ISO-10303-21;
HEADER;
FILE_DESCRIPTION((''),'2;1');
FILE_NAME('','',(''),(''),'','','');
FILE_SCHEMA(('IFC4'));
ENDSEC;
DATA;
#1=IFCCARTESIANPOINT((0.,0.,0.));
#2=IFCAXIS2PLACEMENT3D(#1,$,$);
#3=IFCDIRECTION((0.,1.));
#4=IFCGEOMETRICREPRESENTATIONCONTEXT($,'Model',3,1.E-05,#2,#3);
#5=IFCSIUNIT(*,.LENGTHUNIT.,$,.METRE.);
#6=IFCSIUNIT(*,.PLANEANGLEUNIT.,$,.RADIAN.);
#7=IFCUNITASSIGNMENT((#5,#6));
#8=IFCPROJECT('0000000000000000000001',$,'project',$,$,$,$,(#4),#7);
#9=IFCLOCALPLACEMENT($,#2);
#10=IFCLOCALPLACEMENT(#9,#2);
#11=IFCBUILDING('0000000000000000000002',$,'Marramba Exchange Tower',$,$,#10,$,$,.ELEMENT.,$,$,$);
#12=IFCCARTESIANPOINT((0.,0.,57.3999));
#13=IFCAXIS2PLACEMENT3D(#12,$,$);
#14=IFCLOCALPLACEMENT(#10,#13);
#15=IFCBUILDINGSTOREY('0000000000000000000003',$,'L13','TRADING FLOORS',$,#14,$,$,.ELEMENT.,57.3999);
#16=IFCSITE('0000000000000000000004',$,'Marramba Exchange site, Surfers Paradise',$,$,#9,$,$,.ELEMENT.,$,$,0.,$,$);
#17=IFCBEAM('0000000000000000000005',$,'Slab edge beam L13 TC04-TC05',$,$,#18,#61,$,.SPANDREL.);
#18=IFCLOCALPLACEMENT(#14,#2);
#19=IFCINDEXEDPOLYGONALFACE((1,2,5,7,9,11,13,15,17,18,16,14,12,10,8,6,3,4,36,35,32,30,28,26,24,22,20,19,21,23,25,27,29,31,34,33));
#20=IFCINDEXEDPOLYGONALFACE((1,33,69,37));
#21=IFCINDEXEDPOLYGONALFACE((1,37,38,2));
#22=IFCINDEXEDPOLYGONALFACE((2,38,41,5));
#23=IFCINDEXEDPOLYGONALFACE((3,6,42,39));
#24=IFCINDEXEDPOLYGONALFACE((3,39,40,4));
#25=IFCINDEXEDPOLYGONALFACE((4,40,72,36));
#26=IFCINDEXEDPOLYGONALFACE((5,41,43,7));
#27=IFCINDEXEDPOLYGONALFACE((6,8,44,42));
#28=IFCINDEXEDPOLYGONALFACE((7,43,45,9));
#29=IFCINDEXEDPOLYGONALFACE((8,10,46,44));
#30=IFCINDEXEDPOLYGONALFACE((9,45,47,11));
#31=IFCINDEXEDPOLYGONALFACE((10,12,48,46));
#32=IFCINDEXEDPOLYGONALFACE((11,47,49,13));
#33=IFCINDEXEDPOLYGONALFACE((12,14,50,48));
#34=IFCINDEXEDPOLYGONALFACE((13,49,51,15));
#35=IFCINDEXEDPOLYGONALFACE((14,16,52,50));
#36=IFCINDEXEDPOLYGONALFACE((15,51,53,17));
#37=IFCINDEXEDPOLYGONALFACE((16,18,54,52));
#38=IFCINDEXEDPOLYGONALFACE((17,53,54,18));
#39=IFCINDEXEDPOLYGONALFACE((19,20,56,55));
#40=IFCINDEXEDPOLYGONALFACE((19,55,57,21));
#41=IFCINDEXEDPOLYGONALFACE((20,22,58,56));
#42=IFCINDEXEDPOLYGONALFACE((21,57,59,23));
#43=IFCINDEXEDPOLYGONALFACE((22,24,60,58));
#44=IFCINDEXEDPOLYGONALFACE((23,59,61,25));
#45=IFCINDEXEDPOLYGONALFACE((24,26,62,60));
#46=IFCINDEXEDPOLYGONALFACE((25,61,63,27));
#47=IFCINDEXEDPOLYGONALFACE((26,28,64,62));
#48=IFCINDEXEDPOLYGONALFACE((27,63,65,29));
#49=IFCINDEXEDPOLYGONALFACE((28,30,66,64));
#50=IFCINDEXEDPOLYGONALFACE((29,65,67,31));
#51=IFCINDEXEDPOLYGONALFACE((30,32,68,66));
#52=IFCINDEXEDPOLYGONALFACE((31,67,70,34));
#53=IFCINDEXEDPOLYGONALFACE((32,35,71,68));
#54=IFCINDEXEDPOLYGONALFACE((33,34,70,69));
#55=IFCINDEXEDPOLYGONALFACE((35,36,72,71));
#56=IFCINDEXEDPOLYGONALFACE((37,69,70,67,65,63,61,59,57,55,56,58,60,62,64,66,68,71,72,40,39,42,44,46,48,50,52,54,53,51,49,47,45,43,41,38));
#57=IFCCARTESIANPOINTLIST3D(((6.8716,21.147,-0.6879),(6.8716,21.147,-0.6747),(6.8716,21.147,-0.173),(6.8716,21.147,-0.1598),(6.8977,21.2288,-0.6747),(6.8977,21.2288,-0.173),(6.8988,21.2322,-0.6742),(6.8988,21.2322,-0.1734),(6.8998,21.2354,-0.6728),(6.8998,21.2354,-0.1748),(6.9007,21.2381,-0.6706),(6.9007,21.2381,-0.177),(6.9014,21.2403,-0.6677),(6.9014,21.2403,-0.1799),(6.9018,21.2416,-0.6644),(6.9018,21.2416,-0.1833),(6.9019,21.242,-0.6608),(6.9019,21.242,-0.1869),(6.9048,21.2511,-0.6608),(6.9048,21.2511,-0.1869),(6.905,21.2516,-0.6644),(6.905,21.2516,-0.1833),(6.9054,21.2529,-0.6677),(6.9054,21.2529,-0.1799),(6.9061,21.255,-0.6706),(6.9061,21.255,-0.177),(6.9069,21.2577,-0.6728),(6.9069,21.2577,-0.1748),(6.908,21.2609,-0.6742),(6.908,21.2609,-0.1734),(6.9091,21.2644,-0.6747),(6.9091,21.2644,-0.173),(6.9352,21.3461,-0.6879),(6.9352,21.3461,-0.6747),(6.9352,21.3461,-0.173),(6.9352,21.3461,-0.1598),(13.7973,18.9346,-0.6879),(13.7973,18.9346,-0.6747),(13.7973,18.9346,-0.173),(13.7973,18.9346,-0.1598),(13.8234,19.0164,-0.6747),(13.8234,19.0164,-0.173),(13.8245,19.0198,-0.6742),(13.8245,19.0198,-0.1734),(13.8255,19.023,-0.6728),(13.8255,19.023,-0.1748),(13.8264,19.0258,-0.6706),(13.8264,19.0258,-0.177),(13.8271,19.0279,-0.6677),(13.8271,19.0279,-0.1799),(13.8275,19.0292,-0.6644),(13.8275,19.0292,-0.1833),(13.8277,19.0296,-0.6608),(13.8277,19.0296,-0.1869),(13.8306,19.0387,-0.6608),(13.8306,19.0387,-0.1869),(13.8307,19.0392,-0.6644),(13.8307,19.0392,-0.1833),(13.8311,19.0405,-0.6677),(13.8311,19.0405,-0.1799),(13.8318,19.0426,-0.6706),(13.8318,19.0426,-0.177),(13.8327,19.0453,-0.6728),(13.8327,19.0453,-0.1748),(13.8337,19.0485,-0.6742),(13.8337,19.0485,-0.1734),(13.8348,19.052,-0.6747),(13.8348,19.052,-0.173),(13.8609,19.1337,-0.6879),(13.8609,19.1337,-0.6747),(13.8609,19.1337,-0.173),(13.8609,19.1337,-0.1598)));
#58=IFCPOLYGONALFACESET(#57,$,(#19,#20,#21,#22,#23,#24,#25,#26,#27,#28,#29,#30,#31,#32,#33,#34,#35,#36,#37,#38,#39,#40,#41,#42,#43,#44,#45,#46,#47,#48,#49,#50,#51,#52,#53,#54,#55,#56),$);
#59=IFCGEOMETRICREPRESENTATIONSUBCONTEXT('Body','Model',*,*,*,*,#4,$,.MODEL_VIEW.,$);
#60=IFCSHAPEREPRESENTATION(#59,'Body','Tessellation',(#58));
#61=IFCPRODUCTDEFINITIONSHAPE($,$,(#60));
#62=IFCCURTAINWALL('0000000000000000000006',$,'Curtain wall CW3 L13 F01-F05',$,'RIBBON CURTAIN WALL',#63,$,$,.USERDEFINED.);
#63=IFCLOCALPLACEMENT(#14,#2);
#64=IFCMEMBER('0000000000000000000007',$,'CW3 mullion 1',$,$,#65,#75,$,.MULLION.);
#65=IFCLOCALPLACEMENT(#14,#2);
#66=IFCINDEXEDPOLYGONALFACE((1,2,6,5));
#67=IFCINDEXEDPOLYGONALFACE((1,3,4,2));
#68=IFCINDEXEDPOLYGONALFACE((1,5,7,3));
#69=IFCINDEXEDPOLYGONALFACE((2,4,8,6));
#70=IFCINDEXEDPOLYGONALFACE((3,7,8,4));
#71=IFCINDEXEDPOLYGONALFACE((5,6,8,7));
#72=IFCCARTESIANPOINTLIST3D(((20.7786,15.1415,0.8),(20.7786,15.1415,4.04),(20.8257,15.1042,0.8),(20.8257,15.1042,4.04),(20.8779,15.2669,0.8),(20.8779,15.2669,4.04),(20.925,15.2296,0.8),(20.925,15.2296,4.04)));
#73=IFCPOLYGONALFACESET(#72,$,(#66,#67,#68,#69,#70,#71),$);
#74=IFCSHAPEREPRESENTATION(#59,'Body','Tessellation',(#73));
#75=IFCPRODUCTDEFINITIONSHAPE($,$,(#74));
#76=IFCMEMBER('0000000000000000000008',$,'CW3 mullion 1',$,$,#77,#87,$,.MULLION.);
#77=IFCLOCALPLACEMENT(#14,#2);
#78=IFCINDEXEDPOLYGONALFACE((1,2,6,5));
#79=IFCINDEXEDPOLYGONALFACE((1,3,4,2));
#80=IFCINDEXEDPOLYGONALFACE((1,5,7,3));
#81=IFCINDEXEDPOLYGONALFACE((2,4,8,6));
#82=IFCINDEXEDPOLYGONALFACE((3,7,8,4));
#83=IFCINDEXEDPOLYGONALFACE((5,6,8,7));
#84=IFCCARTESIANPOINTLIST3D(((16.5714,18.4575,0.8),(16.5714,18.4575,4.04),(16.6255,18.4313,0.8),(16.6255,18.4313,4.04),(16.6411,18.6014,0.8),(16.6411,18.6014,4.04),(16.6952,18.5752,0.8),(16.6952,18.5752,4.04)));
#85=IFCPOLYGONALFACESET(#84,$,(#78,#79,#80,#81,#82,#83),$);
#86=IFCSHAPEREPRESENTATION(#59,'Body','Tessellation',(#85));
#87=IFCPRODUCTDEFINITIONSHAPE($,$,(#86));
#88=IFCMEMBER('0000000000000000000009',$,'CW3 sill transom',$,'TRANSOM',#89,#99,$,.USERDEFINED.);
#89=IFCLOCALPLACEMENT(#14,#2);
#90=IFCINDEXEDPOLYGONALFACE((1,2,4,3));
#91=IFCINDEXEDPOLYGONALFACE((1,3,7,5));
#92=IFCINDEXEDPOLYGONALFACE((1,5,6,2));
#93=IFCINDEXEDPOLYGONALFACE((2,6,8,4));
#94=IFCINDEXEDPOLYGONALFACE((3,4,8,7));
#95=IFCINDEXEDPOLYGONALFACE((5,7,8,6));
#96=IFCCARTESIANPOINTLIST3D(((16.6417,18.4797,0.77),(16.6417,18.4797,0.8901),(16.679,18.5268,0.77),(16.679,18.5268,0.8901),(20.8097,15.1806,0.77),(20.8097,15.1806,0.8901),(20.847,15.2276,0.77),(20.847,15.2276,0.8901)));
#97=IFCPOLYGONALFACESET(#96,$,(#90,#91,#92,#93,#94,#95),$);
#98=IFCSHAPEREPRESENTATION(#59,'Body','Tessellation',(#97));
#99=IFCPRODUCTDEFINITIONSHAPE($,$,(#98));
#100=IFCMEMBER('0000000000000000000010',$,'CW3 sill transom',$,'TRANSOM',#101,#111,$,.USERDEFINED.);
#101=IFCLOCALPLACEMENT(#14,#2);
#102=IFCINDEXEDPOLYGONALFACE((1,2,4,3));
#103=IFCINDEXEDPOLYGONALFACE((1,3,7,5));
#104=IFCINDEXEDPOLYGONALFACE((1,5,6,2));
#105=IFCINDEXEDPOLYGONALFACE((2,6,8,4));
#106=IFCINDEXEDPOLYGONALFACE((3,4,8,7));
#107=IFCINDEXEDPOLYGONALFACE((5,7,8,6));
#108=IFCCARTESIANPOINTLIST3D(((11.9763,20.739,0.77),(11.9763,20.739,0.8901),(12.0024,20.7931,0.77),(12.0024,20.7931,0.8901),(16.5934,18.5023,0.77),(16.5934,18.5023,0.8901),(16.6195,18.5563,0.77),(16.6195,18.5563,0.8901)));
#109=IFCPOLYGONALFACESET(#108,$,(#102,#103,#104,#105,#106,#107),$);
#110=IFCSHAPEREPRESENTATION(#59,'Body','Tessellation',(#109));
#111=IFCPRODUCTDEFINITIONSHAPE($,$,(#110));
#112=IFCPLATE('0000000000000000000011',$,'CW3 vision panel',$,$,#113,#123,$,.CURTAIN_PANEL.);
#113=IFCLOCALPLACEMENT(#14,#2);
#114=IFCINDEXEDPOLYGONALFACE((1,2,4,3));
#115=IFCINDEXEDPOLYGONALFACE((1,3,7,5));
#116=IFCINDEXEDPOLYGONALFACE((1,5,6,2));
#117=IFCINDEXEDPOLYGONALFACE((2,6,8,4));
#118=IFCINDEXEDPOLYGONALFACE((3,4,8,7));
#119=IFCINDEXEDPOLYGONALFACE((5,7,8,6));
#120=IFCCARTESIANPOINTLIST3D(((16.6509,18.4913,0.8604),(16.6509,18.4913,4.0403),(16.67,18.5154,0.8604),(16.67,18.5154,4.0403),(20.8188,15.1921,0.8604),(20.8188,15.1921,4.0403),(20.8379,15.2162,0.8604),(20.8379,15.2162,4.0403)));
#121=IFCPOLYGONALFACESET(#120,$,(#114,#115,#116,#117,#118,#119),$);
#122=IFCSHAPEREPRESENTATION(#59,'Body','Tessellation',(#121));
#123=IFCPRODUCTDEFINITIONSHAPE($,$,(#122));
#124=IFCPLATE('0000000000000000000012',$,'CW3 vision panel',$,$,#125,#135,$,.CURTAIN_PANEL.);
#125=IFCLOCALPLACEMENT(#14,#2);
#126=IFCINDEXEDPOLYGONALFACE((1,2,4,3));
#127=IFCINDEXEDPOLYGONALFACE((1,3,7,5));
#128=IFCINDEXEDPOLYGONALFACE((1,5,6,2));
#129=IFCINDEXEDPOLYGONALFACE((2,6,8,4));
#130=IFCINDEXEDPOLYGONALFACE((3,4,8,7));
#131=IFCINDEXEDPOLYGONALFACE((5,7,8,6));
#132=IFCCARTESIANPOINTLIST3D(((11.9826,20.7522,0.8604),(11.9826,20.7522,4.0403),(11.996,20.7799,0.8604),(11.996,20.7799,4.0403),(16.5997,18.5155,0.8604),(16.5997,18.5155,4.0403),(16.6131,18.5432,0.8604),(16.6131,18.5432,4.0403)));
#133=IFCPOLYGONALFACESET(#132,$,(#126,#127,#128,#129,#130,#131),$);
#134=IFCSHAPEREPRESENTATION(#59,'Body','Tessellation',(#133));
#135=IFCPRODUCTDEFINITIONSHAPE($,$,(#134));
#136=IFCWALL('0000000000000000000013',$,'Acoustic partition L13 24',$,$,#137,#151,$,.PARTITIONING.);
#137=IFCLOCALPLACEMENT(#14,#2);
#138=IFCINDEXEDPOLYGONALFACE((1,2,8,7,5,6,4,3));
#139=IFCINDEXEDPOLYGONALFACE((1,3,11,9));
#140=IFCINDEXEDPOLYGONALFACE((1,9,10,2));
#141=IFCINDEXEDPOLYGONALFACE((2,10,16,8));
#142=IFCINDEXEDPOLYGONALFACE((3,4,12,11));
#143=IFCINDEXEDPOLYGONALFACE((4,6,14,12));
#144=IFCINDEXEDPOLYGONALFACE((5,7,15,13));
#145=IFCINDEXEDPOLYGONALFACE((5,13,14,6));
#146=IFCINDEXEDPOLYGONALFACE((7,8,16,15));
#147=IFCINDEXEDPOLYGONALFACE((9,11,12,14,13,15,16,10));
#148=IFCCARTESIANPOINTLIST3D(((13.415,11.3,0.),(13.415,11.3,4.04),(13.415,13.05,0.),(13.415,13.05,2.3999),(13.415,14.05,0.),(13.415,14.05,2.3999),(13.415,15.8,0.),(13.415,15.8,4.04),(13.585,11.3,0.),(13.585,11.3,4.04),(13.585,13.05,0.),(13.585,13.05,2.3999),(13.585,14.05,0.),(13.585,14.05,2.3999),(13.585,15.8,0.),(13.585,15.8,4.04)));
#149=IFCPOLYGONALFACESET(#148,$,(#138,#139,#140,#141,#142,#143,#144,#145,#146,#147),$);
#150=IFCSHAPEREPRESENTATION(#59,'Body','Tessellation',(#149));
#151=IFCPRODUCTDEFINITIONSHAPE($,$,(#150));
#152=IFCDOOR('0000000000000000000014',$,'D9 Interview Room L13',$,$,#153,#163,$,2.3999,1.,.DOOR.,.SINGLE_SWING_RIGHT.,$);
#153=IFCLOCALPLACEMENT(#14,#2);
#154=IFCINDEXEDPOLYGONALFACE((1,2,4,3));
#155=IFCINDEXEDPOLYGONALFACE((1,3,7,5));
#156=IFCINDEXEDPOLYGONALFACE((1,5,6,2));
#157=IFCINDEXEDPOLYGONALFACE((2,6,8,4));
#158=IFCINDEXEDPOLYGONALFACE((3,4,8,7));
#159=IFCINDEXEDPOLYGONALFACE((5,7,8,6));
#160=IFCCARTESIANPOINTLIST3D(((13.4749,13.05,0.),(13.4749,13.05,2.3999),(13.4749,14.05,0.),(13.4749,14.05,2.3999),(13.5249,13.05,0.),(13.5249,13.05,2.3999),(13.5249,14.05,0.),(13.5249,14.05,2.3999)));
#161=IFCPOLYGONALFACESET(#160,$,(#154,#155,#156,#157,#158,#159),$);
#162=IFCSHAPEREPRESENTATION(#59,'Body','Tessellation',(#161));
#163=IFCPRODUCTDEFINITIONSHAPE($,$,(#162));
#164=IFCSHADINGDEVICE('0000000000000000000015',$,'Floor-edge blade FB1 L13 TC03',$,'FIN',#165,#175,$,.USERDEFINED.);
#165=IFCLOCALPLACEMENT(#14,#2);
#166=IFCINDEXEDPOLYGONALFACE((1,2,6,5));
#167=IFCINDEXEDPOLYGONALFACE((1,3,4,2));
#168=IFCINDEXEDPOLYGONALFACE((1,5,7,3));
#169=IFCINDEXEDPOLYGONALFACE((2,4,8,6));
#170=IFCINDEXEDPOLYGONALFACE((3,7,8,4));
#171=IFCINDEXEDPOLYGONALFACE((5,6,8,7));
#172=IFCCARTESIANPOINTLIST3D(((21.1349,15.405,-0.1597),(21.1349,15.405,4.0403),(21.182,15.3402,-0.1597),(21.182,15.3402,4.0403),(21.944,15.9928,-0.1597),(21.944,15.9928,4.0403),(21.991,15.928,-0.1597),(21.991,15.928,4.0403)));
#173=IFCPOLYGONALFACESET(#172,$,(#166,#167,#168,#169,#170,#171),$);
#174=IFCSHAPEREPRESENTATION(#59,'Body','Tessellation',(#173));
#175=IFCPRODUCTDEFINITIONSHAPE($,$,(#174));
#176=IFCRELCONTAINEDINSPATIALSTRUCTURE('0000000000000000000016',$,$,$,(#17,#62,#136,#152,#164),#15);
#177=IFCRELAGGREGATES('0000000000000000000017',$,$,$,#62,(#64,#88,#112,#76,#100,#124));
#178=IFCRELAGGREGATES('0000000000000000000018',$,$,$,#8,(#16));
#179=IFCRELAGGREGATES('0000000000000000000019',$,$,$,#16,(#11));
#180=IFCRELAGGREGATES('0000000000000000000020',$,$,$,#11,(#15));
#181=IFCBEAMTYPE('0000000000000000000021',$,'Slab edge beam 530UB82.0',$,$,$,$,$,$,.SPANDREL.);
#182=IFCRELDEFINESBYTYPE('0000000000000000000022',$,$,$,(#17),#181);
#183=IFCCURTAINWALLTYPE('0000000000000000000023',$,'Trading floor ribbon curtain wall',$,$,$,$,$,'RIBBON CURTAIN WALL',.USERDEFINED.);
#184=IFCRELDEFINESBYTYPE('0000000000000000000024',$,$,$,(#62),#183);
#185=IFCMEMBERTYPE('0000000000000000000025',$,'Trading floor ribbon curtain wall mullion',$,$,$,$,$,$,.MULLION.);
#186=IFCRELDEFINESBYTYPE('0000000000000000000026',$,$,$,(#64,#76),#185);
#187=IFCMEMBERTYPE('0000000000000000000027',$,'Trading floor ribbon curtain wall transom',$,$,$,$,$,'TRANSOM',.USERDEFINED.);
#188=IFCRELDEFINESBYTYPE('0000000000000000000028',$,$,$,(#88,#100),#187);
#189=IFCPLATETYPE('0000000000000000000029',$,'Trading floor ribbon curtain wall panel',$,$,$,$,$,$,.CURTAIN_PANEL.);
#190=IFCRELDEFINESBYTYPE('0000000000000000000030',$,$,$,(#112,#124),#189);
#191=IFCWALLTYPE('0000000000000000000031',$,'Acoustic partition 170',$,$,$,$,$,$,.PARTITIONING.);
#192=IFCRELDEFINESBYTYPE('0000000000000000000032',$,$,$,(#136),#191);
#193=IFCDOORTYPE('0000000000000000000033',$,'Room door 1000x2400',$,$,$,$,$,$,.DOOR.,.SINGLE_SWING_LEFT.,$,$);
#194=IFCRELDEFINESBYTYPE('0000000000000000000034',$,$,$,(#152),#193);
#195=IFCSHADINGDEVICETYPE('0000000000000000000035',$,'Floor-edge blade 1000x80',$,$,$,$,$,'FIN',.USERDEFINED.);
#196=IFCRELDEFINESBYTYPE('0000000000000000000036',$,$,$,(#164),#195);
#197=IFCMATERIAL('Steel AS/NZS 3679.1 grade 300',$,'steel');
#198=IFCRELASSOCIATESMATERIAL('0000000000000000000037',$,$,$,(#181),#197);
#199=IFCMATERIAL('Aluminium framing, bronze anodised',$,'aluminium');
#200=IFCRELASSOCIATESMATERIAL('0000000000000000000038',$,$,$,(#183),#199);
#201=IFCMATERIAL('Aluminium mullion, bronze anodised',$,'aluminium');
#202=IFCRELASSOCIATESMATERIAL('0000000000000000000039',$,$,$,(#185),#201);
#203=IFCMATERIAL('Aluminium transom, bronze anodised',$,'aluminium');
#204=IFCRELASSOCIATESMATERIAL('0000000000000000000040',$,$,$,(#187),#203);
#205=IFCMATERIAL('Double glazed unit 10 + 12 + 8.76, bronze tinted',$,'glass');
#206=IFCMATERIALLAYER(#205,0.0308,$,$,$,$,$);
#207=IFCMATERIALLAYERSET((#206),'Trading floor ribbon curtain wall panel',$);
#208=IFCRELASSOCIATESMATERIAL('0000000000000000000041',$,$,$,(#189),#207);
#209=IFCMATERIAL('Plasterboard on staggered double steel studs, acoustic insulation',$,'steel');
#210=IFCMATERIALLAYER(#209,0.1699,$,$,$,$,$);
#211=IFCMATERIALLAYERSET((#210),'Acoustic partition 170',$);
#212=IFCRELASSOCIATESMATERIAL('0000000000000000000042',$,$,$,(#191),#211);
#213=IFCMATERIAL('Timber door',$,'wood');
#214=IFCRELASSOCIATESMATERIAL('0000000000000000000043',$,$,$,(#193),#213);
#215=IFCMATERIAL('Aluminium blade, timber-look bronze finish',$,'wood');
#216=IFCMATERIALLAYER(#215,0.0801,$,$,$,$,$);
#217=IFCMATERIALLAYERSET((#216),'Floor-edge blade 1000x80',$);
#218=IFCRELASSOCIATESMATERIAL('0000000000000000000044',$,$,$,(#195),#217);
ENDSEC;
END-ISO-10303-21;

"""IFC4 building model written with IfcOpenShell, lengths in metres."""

from ifc_helpers import new_model, si_unit, direction, frame, frame_2d, origin, origin_2d, place, context, subcontext, project, spatial, rectangle, i_section, extrude, material, layer, layer_set, material_profile, profile_set, type_object, element, fill, aggregate, save


model = new_model("IFC4")

# Units and contexts
model_context = context("Model", 3, precision=1e-05, world=origin(), true_north=direction((0.0, 1.0)))
body_context = subcontext(model_context, "Body", "Model", "MODEL_VIEW")
ifc_project = project(units=[si_unit("LENGTHUNIT", "METRE"), si_unit("PLANEANGLEUNIT", "RADIAN")], contexts=[model_context])

# Site, building, storey
site_placement = place(None, origin())
site = spatial("IfcSite", under=ifc_project, at=site_placement, Name="Marramba Exchange site, Surfers Paradise", CompositionType="ELEMENT", RefElevation=0.0)
building_placement = place(site_placement, origin())
building = spatial("IfcBuilding", under=site, at=building_placement, Name="Marramba Exchange Tower", CompositionType="ELEMENT")
storey_placement = place(building_placement, frame((0.0, 0.0, 57.3999)))
storey = spatial("IfcBuildingStorey", under=building, at=storey_placement, Name="L13", Description="TRADING FLOORS", CompositionType="ELEMENT", Elevation=57.3999)

# Beam
ifc_material_1 = material(Name="Steel AS/NZS 3679.1 grade 300", Category="steel")
ifc_material_profile_1 = material_profile(ifc_material_1, i_section(OverallWidth=0.209, OverallDepth=0.5281, WebThickness=0.0095, FlangeThickness=0.0132, FilletRadius=0.0139, at=origin_2d()), Name="530UB82.0")
ifc_profile_set_1 = profile_set([ifc_material_profile_1], Name="Steel AS/NZS 3679.1 grade 300")
beam_type = type_object("IfcBeamType", Name="Slab edge beam 530UB82.0", PredefinedType="SPANDREL", material=ifc_profile_set_1)
beam_placement = place(storey_placement, frame((13.8291, 19.0342, -0.4238), z_axis=(-0.952578, 0.304296, 0.0), x_axis=(-0.304296, -0.952578, 0.0)))
element("IfcBeam", 1, at=beam_placement, inside=storey, type_object=beam_type, Name="Slab edge beam L13 TC04-TC05", PredefinedType="SPANDREL", context=body_context, shape_type="SweptSolid", body=[
    extrude(i_section(OverallWidth=0.209, OverallDepth=0.5281, WebThickness=0.0095, FlangeThickness=0.0132, FilletRadius=0.0139, at=origin_2d()), origin(), (0.0, 0.0, 1.0), 7.2705),
])

# Curtain wall, members, plates
ifc_material_2 = material(Name="Aluminium framing, bronze anodised", Category="aluminium")
curtain_wall_type = type_object("IfcCurtainWallType", Name="Trading floor ribbon curtain wall", ElementType="RIBBON CURTAIN WALL", PredefinedType="USERDEFINED", material=ifc_material_2)
curtain_wall_placement = place(storey_placement, origin())
curtain_wall = element("IfcCurtainWall", 2, at=curtain_wall_placement, inside=storey, type_object=curtain_wall_type, Name="Curtain wall CW3 L13 F01-F05", ObjectType="RIBBON CURTAIN WALL", PredefinedType="USERDEFINED")
ifc_material_3 = material(Name="Aluminium mullion, bronze anodised", Category="aluminium")
ifc_material_profile_2 = material_profile(ifc_material_3, rectangle(XDim=0.1599, YDim=0.0601, at=origin_2d()), Name="CW3 mullion 60x160")
ifc_profile_set_2 = profile_set([ifc_material_profile_2], Name="Aluminium mullion, bronze anodised")
member_type_1 = type_object("IfcMemberType", Name="Trading floor ribbon curtain wall mullion", PredefinedType="MULLION", material=ifc_profile_set_2)
member_1_placement = place(storey_placement, frame((20.8518, 15.1855, 0.8), z_axis=(0.0, 0.0, 1.0), x_axis=(-0.62065, -0.784088, 0.0)))
member_1 = element("IfcMember", 3, at=member_1_placement, type_object=member_type_1, Name="CW3 mullion 1", PredefinedType="MULLION", context=body_context, shape_type="SweptSolid", body=[
    extrude(rectangle(XDim=0.1599, YDim=0.0601, at=origin_2d()), origin(), (0.0, 0.0, 1.0), 3.24),
])
member_2_placement = place(storey_placement, frame((16.6333, 18.5164, 0.8), z_axis=(0.0, 0.0, 1.0), x_axis=(-0.435965, -0.899963, 0.0)))
member_2 = element("IfcMember", 4, at=member_2_placement, type_object=member_type_1, Name="CW3 mullion 1", PredefinedType="MULLION", context=body_context, shape_type="SweptSolid", body=[
    extrude(rectangle(XDim=0.1599, YDim=0.0601, at=origin_2d()), origin(), (0.0, 0.0, 1.0), 3.24),
])
ifc_material_4 = material(Name="Aluminium transom, bronze anodised", Category="aluminium")
ifc_material_profile_3 = material_profile(ifc_material_4, rectangle(XDim=0.0601, YDim=0.1201, at=origin_2d()), Name="CW3 transom 60x120")
ifc_profile_set_3 = profile_set([ifc_material_profile_3], Name="Aluminium transom, bronze anodised")
member_type_2 = type_object("IfcMemberType", Name="Trading floor ribbon curtain wall transom", ElementType="TRANSOM", PredefinedType="USERDEFINED", material=ifc_profile_set_3)
member_3_placement = place(storey_placement, frame((20.8284, 15.2041, 0.8301), z_axis=(-0.784098, 0.620637, 0.0), x_axis=(-0.620637, -0.784098, 0.0)))
member_3 = element("IfcMember", 5, at=member_3_placement, type_object=member_type_2, Name="CW3 sill transom", ObjectType="TRANSOM", PredefinedType="USERDEFINED", context=body_context, shape_type="SweptSolid", body=[
    extrude(rectangle(XDim=0.0601, YDim=0.1201, at=origin_2d()), origin(), (0.0, 0.0, 1.0), 5.3157),
])
member_4_placement = place(storey_placement, frame((16.6064, 18.5293, 0.8301), z_axis=(-0.899953, 0.435986, 0.0), x_axis=(-0.435986, -0.899953, 0.0)))
member_4 = element("IfcMember", 6, at=member_4_placement, type_object=member_type_2, Name="CW3 sill transom", ObjectType="TRANSOM", PredefinedType="USERDEFINED", context=body_context, shape_type="SweptSolid", body=[
    extrude(rectangle(XDim=0.0601, YDim=0.1201, at=origin_2d()), origin(), (0.0, 0.0, 1.0), 5.1304),
])
ifc_material_5 = material(Name="Double glazed unit 10 + 12 + 8.76, bronze tinted", Category="glass")
ifc_layer_1 = layer(ifc_material_5, 0.0308)
ifc_layer_set_1 = layer_set([ifc_layer_1], Name="Trading floor ribbon curtain wall panel")
plate_type = type_object("IfcPlateType", Name="Trading floor ribbon curtain wall panel", PredefinedType="CURTAIN_PANEL", material=ifc_layer_set_1)
plate_1_placement = place(storey_placement, frame((18.7444, 16.8538, 0.8604), z_axis=(0.0, 0.0, 1.0), x_axis=(-0.784088, 0.62065, 0.0)))
plate_1 = element("IfcPlate", 7, at=plate_1_placement, type_object=plate_type, Name="CW3 vision panel", PredefinedType="CURTAIN_PANEL", context=body_context, shape_type="SweptSolid", body=[
    extrude(rectangle(XDim=5.3157, YDim=0.0308, at=origin_2d()), origin(), (0.0, 0.0, 1.0), 3.1799),
])
plate_2_placement = place(storey_placement, frame((14.2979, 19.6477, 0.8604), z_axis=(0.0, 0.0, 1.0), x_axis=(-0.899963, 0.435965, 0.0)))
plate_2 = element("IfcPlate", 8, at=plate_2_placement, type_object=plate_type, Name="CW3 vision panel", PredefinedType="CURTAIN_PANEL", context=body_context, shape_type="SweptSolid", body=[
    extrude(rectangle(XDim=5.1304, YDim=0.0308, at=origin_2d()), origin(), (0.0, 0.0, 1.0), 3.1799),
])
aggregate(curtain_wall, [member_1, member_3, plate_1, member_2, member_4, plate_2])

# Wall, opening, door
ifc_material_6 = material(Name="Plasterboard on staggered double steel studs, acoustic insulation", Category="steel")
ifc_layer_2 = layer(ifc_material_6, 0.1699)
ifc_layer_set_2 = layer_set([ifc_layer_2], Name="Acoustic partition 170")
wall_type = type_object("IfcWallType", Name="Acoustic partition 170", PredefinedType="PARTITIONING", material=ifc_layer_set_2)
wall_placement = place(storey_placement, frame((13.5, 15.8, 0.0), z_axis=(0.0, 0.0, 1.0), x_axis=(0.0, -1.0, 0.0)))
wall = element("IfcWall", 9, at=wall_placement, inside=storey, type_object=wall_type, Name="Acoustic partition L13 24", PredefinedType="PARTITIONING", context=body_context, shape_type="SweptSolid", body=[
    extrude(rectangle(XDim=4.5, YDim=0.1699, at=frame_2d((2.25, 0.0))), origin(), (0.0, 0.0, 1.0), 4.04),
])
opening_placement = place(wall_placement, frame((1.75, 0.0, 0.0)))
opening = element("IfcOpeningElement", 10, at=opening_placement, cuts=wall, PredefinedType="OPENING", context=body_context, shape_type="SweptSolid", body=[
    extrude(rectangle(XDim=1.0, YDim=2.3999, at=frame_2d((0.5, 1.2))), frame((0.0, 0.095, 0.0), z_axis=(0.0, -1.0, 0.0), x_axis=(1.0, 0.0, 0.0)), (0.0, 0.0, 1.0), 0.1899),
])
ifc_material_7 = material(Name="Timber door", Category="wood")
door_type = type_object("IfcDoorType", Name="Room door 1000x2400", OperationType="SINGLE_SWING_LEFT", PredefinedType="DOOR", material=ifc_material_7)
door_placement = place(opening_placement, frame((1.0, 0.0, 0.0), z_axis=(0.0, 0.0, 1.0), x_axis=(-1.0, 0.0, 0.0)))
door = element("IfcDoor", 11, at=door_placement, inside=storey, type_object=door_type, Name="D9 Interview Room L13", OperationType="SINGLE_SWING_RIGHT", OverallHeight=2.3999, OverallWidth=1.0, PredefinedType="DOOR", context=body_context, shape_type="SweptSolid", body=[
    extrude(rectangle(XDim=1.0, YDim=2.3999, at=frame_2d((0.5, 1.2))), frame((0.0, 0.0251, 0.0), z_axis=(0.0, -1.0, 0.0), x_axis=(1.0, 0.0, 0.0)), (0.0, 0.0, 1.0), 0.05),
])
fill(opening, door)

# Shading device
ifc_material_8 = material(Name="Aluminium blade, timber-look bronze finish", Category="wood")
ifc_layer_3 = layer(ifc_material_8, 0.0801)
ifc_layer_set_3 = layer_set([ifc_layer_3], Name="Floor-edge blade 1000x80")
shading_device_type_1 = type_object("IfcShadingDeviceType", Name="Floor-edge blade 1000x80", ElementType="FIN", PredefinedType="USERDEFINED", material=ifc_layer_set_3)
for number, where, z_axis, x_axis, name in (
    (12, (21.563, 15.6665, -0.1597), (0.0, 0.0, 1.0), (0.809017, 0.587785, 0.0), "Floor-edge blade FB1 L13 TC03"),
):
    element("IfcShadingDevice", number, at=place(storey_placement, frame(where, z_axis=z_axis, x_axis=x_axis)), inside=storey, type_object=shading_device_type_1, Name=name, ObjectType="FIN", PredefinedType="USERDEFINED", context=body_context, shape_type="SweptSolid", body=[
        extrude(rectangle(XDim=1.0, YDim=0.0801, at=origin_2d()), origin(), (0.0, 0.0, 1.0), 4.2),
    ])

save(model, "model.ifc")
